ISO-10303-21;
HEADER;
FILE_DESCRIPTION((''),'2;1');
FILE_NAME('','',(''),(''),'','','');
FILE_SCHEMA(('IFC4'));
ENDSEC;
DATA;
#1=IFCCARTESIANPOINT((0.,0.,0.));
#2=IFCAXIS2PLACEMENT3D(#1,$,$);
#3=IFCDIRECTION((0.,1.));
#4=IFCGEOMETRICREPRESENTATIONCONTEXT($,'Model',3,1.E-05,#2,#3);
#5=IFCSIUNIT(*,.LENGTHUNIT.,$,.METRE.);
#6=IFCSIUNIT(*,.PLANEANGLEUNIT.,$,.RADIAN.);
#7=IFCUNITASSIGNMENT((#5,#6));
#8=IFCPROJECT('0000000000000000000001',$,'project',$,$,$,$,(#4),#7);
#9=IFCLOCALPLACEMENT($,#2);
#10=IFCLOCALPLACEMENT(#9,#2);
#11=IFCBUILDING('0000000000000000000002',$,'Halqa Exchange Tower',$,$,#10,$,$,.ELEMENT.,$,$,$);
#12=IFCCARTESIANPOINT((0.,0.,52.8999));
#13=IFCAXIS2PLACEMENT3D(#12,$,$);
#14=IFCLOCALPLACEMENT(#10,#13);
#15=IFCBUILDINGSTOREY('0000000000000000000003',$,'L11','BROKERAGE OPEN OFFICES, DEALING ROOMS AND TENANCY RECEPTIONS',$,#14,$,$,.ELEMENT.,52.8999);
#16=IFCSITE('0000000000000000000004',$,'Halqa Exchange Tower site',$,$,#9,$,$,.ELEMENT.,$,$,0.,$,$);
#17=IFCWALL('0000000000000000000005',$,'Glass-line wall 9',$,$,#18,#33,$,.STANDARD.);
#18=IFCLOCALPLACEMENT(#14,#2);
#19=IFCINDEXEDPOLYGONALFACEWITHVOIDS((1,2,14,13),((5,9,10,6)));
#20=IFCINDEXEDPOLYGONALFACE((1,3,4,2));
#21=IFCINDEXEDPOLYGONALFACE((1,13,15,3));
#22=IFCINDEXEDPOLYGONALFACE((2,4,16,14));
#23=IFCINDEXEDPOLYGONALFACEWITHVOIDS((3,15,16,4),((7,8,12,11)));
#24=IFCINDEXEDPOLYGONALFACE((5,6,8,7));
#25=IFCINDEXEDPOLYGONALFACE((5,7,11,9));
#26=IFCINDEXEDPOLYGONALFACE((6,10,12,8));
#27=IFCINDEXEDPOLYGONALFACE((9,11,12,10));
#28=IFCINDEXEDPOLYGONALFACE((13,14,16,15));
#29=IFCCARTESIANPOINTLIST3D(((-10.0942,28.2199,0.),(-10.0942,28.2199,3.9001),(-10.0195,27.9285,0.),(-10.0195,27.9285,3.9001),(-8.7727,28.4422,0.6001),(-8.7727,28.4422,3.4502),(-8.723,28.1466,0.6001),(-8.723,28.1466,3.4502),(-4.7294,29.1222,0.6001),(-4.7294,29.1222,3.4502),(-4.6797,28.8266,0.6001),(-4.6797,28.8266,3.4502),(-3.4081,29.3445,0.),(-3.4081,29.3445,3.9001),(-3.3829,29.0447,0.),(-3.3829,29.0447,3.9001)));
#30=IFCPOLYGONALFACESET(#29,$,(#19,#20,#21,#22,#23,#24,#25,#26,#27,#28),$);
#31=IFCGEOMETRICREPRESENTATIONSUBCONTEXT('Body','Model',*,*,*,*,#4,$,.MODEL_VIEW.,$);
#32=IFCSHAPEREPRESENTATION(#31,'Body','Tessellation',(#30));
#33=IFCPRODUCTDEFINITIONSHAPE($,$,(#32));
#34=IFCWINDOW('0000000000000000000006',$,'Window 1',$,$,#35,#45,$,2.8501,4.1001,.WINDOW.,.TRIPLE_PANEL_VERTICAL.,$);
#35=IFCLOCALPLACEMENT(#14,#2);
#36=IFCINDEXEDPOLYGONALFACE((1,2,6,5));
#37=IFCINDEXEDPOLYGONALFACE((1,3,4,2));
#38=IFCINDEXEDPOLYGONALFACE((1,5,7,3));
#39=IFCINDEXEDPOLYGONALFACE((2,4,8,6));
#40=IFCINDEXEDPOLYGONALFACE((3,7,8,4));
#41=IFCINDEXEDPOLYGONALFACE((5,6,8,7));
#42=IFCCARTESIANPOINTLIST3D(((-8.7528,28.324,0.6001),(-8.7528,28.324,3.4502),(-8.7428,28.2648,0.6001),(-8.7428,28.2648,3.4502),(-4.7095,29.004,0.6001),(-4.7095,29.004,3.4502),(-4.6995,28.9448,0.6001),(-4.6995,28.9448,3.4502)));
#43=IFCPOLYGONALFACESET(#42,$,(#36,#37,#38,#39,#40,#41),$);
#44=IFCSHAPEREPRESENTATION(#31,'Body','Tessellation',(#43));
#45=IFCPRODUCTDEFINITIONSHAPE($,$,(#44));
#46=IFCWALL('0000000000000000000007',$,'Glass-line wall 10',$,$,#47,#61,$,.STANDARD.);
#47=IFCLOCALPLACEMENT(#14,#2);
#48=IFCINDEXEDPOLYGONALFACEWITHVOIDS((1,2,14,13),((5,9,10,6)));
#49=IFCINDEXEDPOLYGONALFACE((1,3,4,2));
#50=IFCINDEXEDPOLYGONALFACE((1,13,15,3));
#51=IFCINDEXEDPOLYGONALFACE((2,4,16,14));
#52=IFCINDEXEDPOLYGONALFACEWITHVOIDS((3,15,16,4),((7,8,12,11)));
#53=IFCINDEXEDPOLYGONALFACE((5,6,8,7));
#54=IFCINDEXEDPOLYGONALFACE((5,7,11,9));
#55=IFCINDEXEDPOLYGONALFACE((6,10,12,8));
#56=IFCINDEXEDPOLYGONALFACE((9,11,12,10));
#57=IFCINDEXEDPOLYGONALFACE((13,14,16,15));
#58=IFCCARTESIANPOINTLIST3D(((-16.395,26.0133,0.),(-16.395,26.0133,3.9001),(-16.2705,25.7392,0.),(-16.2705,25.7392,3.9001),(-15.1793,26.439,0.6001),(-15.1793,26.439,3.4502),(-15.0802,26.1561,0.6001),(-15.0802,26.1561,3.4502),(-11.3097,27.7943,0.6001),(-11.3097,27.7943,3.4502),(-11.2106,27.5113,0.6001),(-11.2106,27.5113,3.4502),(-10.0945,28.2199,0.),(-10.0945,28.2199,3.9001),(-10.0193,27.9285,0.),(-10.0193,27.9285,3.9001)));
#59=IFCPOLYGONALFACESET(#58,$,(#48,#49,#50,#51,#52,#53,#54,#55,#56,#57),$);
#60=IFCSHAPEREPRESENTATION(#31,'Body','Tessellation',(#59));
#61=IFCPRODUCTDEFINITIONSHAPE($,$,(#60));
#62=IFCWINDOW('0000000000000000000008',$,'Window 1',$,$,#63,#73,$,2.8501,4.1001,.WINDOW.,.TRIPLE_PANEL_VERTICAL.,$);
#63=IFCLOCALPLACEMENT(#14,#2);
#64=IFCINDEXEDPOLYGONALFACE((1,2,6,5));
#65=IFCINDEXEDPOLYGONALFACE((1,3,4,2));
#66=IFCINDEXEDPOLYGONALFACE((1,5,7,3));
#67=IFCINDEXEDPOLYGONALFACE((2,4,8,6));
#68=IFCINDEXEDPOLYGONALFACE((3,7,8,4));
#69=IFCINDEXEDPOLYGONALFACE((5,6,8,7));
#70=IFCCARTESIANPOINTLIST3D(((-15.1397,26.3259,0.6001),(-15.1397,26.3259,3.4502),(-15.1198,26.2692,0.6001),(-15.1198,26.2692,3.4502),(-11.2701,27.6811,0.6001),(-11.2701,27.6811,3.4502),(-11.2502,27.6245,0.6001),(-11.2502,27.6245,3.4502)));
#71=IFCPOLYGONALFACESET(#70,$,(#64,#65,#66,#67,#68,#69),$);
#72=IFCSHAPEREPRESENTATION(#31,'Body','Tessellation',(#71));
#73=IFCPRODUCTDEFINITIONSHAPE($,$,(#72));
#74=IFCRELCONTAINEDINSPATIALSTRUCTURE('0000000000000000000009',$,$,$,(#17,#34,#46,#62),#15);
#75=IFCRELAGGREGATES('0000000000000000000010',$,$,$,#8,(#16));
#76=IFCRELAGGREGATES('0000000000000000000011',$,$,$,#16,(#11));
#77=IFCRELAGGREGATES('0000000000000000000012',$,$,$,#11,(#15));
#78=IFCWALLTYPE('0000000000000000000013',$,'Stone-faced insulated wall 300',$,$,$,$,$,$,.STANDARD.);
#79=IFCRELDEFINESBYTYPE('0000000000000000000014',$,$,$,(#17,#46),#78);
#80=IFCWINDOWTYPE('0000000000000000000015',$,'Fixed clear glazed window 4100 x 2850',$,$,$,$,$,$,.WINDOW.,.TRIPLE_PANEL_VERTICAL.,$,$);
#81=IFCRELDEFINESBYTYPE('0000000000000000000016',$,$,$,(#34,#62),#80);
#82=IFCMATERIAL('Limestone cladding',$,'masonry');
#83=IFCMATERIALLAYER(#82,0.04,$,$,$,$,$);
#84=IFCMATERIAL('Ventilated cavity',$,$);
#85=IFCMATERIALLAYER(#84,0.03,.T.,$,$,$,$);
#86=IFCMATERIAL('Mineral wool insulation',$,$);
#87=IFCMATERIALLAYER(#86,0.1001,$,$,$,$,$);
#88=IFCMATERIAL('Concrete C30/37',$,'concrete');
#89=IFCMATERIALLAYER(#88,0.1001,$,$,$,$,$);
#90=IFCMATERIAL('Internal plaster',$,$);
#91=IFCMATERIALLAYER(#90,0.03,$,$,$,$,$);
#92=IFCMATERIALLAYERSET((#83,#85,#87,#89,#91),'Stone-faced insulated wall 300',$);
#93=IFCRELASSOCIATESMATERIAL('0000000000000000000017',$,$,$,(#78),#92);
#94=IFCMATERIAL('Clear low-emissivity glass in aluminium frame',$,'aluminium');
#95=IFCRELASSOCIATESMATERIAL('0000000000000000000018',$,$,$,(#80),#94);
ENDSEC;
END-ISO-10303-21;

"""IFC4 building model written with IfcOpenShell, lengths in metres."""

from ifc_helpers import new_model, si_unit, direction, frame, frame_2d, origin, place, context, subcontext, project, spatial, polyline, rectangle, outline, extrude, material, layer, layer_set, type_object, element, fill, save


model = new_model("IFC4")

# Units and contexts
model_context = context("Model", 3, precision=1e-05, world=origin(), true_north=direction((0.0, 1.0)))
body_context = subcontext(model_context, "Body", "Model", "MODEL_VIEW")
ifc_project = project(units=[si_unit("LENGTHUNIT", "METRE"), si_unit("PLANEANGLEUNIT", "RADIAN")], contexts=[model_context])

# Site, building, storey
site_placement = place(None, origin())
site = spatial("IfcSite", under=ifc_project, at=site_placement, Name="Halqa Exchange Tower site", CompositionType="ELEMENT", RefElevation=0.0)
building_placement = place(site_placement, origin())
building = spatial("IfcBuilding", under=site, at=building_placement, Name="Halqa Exchange Tower", CompositionType="ELEMENT")
storey_placement = place(building_placement, frame((0.0, 0.0, 52.8999)))
storey = spatial("IfcBuildingStorey", under=building, at=storey_placement, Name="L11", Description="BROKERAGE OPEN OFFICES, DEALING ROOMS AND TENANCY RECEPTIONS", CompositionType="ELEMENT", Elevation=52.8999)

# Shared definitions
ifc_material_1 = material(Name="Concrete C30/37", Category="concrete")

# Walls, openings, windows
ifc_material_2 = material(Name="Limestone cladding", Category="masonry")
ifc_layer_1 = layer(ifc_material_2, 0.04)
ifc_material_3 = material(Name="Ventilated cavity")
ifc_layer_2 = layer(ifc_material_3, 0.03, ventilated=True)
ifc_material_4 = material(Name="Mineral wool insulation")
ifc_layer_3 = layer(ifc_material_4, 0.1001)
ifc_layer_4 = layer(ifc_material_1, 0.1001)
ifc_material_5 = material(Name="Internal plaster")
ifc_layer_5 = layer(ifc_material_5, 0.03)
ifc_layer_set_1 = layer_set([ifc_layer_1, ifc_layer_2, ifc_layer_3, ifc_layer_4, ifc_layer_5], Name="Stone-faced insulated wall 300")
wall_type_1 = type_object("IfcWallType", Name="Stone-faced insulated wall 300", PredefinedType="STANDARD", material=ifc_layer_set_1)
wall_1_placement = place(storey_placement, frame((-3.3955, 29.1946, 0.0), z_axis=(0.0, 0.0, 1.0), x_axis=(-0.98615, -0.165858, 0.0)))
wall_1 = element("IfcWall", 1, at=wall_1_placement, inside=storey, type_object=wall_type_1, Name="Glass-line wall 9", PredefinedType="STANDARD", context=body_context, shape_type="SweptSolid", body=[
    extrude(outline(polyline([(-0.0125, -0.1499), (6.7676, -0.1499), (6.7422, 0.1499), (0.0125, 0.1499), (-0.0125, -0.1499)])), origin(), (0.0, 0.0, 1.0), 3.9001),
])
opening_1_placement = place(wall_1_placement, frame((1.3274, 0.0, 0.6001)))
opening_1 = element("IfcOpeningElement", 2, at=opening_1_placement, cuts=wall_1, PredefinedType="OPENING", context=body_context, shape_type="SweptSolid", body=[
    extrude(rectangle(XDim=4.1001, YDim=2.8501, at=frame_2d((2.05, 1.425))), frame((0.0, 0.1621, 0.0), z_axis=(0.0, -1.0, 0.0), x_axis=(1.0, 0.0, 0.0)), (0.0, 0.0, 1.0), 0.324),
])
ifc_material_6 = material(Name="Clear low-emissivity glass in aluminium frame", Category="aluminium")
window_type = type_object("IfcWindowType", Name="Fixed clear glazed window 4100 x 2850", PartitioningType="TRIPLE_PANEL_VERTICAL", PredefinedType="WINDOW", material=ifc_material_6)
window_1_placement = place(opening_1_placement, origin())
window_1 = element("IfcWindow", 3, at=window_1_placement, inside=storey, type_object=window_type, Name="Window 1", OverallHeight=2.8501, OverallWidth=4.1001, PartitioningType="TRIPLE_PANEL_VERTICAL", PredefinedType="WINDOW", context=body_context, shape_type="SweptSolid", body=[
    extrude(rectangle(XDim=4.1001, YDim=2.8501, at=frame_2d((2.05, 1.425))), frame((0.0, 0.03, 0.0), z_axis=(0.0, -1.0, 0.0), x_axis=(1.0, 0.0, 0.0)), (0.0, 0.0, 1.0), 0.0601),
])
fill(opening_1, window_1)
wall_2_placement = place(storey_placement, frame((-10.0569, 28.0742, 0.0), z_axis=(0.0, 0.0, 1.0), x_axis=(-0.943791, -0.330543, 0.0)))
wall_2 = element("IfcWall", 4, at=wall_2_placement, inside=storey, type_object=wall_type_1, Name="Glass-line wall 10", PredefinedType="STANDARD", context=body_context, shape_type="SweptSolid", body=[
    extrude(outline(polyline([(-0.0127, -0.1499), (6.6631, -0.1499), (6.6362, 0.1499), (0.0127, 0.1499), (-0.0127, -0.1499)])), origin(), (0.0, 0.0, 1.0), 3.9001),
])
opening_2_placement = place(wall_2_placement, frame((1.2749, 0.0, 0.6001)))
opening_2 = element("IfcOpeningElement", 5, at=opening_2_placement, cuts=wall_2, PredefinedType="OPENING", context=body_context, shape_type="SweptSolid", body=[
    extrude(rectangle(XDim=4.1001, YDim=2.8501, at=frame_2d((2.05, 1.425))), frame((0.0, 0.1621, 0.0), z_axis=(0.0, -1.0, 0.0), x_axis=(1.0, 0.0, 0.0)), (0.0, 0.0, 1.0), 0.324),
])
window_2_placement = place(opening_2_placement, origin())
window_2 = element("IfcWindow", 6, at=window_2_placement, inside=storey, type_object=window_type, Name="Window 1", OverallHeight=2.8501, OverallWidth=4.1001, PartitioningType="TRIPLE_PANEL_VERTICAL", PredefinedType="WINDOW", context=body_context, shape_type="SweptSolid", body=[
    extrude(rectangle(XDim=4.1001, YDim=2.8501, at=frame_2d((2.05, 1.425))), frame((0.0, 0.03, 0.0), z_axis=(0.0, -1.0, 0.0), x_axis=(1.0, 0.0, 0.0)), (0.0, 0.0, 1.0), 0.0601),
])
fill(opening_2, window_2)

save(model, "model.ifc")
